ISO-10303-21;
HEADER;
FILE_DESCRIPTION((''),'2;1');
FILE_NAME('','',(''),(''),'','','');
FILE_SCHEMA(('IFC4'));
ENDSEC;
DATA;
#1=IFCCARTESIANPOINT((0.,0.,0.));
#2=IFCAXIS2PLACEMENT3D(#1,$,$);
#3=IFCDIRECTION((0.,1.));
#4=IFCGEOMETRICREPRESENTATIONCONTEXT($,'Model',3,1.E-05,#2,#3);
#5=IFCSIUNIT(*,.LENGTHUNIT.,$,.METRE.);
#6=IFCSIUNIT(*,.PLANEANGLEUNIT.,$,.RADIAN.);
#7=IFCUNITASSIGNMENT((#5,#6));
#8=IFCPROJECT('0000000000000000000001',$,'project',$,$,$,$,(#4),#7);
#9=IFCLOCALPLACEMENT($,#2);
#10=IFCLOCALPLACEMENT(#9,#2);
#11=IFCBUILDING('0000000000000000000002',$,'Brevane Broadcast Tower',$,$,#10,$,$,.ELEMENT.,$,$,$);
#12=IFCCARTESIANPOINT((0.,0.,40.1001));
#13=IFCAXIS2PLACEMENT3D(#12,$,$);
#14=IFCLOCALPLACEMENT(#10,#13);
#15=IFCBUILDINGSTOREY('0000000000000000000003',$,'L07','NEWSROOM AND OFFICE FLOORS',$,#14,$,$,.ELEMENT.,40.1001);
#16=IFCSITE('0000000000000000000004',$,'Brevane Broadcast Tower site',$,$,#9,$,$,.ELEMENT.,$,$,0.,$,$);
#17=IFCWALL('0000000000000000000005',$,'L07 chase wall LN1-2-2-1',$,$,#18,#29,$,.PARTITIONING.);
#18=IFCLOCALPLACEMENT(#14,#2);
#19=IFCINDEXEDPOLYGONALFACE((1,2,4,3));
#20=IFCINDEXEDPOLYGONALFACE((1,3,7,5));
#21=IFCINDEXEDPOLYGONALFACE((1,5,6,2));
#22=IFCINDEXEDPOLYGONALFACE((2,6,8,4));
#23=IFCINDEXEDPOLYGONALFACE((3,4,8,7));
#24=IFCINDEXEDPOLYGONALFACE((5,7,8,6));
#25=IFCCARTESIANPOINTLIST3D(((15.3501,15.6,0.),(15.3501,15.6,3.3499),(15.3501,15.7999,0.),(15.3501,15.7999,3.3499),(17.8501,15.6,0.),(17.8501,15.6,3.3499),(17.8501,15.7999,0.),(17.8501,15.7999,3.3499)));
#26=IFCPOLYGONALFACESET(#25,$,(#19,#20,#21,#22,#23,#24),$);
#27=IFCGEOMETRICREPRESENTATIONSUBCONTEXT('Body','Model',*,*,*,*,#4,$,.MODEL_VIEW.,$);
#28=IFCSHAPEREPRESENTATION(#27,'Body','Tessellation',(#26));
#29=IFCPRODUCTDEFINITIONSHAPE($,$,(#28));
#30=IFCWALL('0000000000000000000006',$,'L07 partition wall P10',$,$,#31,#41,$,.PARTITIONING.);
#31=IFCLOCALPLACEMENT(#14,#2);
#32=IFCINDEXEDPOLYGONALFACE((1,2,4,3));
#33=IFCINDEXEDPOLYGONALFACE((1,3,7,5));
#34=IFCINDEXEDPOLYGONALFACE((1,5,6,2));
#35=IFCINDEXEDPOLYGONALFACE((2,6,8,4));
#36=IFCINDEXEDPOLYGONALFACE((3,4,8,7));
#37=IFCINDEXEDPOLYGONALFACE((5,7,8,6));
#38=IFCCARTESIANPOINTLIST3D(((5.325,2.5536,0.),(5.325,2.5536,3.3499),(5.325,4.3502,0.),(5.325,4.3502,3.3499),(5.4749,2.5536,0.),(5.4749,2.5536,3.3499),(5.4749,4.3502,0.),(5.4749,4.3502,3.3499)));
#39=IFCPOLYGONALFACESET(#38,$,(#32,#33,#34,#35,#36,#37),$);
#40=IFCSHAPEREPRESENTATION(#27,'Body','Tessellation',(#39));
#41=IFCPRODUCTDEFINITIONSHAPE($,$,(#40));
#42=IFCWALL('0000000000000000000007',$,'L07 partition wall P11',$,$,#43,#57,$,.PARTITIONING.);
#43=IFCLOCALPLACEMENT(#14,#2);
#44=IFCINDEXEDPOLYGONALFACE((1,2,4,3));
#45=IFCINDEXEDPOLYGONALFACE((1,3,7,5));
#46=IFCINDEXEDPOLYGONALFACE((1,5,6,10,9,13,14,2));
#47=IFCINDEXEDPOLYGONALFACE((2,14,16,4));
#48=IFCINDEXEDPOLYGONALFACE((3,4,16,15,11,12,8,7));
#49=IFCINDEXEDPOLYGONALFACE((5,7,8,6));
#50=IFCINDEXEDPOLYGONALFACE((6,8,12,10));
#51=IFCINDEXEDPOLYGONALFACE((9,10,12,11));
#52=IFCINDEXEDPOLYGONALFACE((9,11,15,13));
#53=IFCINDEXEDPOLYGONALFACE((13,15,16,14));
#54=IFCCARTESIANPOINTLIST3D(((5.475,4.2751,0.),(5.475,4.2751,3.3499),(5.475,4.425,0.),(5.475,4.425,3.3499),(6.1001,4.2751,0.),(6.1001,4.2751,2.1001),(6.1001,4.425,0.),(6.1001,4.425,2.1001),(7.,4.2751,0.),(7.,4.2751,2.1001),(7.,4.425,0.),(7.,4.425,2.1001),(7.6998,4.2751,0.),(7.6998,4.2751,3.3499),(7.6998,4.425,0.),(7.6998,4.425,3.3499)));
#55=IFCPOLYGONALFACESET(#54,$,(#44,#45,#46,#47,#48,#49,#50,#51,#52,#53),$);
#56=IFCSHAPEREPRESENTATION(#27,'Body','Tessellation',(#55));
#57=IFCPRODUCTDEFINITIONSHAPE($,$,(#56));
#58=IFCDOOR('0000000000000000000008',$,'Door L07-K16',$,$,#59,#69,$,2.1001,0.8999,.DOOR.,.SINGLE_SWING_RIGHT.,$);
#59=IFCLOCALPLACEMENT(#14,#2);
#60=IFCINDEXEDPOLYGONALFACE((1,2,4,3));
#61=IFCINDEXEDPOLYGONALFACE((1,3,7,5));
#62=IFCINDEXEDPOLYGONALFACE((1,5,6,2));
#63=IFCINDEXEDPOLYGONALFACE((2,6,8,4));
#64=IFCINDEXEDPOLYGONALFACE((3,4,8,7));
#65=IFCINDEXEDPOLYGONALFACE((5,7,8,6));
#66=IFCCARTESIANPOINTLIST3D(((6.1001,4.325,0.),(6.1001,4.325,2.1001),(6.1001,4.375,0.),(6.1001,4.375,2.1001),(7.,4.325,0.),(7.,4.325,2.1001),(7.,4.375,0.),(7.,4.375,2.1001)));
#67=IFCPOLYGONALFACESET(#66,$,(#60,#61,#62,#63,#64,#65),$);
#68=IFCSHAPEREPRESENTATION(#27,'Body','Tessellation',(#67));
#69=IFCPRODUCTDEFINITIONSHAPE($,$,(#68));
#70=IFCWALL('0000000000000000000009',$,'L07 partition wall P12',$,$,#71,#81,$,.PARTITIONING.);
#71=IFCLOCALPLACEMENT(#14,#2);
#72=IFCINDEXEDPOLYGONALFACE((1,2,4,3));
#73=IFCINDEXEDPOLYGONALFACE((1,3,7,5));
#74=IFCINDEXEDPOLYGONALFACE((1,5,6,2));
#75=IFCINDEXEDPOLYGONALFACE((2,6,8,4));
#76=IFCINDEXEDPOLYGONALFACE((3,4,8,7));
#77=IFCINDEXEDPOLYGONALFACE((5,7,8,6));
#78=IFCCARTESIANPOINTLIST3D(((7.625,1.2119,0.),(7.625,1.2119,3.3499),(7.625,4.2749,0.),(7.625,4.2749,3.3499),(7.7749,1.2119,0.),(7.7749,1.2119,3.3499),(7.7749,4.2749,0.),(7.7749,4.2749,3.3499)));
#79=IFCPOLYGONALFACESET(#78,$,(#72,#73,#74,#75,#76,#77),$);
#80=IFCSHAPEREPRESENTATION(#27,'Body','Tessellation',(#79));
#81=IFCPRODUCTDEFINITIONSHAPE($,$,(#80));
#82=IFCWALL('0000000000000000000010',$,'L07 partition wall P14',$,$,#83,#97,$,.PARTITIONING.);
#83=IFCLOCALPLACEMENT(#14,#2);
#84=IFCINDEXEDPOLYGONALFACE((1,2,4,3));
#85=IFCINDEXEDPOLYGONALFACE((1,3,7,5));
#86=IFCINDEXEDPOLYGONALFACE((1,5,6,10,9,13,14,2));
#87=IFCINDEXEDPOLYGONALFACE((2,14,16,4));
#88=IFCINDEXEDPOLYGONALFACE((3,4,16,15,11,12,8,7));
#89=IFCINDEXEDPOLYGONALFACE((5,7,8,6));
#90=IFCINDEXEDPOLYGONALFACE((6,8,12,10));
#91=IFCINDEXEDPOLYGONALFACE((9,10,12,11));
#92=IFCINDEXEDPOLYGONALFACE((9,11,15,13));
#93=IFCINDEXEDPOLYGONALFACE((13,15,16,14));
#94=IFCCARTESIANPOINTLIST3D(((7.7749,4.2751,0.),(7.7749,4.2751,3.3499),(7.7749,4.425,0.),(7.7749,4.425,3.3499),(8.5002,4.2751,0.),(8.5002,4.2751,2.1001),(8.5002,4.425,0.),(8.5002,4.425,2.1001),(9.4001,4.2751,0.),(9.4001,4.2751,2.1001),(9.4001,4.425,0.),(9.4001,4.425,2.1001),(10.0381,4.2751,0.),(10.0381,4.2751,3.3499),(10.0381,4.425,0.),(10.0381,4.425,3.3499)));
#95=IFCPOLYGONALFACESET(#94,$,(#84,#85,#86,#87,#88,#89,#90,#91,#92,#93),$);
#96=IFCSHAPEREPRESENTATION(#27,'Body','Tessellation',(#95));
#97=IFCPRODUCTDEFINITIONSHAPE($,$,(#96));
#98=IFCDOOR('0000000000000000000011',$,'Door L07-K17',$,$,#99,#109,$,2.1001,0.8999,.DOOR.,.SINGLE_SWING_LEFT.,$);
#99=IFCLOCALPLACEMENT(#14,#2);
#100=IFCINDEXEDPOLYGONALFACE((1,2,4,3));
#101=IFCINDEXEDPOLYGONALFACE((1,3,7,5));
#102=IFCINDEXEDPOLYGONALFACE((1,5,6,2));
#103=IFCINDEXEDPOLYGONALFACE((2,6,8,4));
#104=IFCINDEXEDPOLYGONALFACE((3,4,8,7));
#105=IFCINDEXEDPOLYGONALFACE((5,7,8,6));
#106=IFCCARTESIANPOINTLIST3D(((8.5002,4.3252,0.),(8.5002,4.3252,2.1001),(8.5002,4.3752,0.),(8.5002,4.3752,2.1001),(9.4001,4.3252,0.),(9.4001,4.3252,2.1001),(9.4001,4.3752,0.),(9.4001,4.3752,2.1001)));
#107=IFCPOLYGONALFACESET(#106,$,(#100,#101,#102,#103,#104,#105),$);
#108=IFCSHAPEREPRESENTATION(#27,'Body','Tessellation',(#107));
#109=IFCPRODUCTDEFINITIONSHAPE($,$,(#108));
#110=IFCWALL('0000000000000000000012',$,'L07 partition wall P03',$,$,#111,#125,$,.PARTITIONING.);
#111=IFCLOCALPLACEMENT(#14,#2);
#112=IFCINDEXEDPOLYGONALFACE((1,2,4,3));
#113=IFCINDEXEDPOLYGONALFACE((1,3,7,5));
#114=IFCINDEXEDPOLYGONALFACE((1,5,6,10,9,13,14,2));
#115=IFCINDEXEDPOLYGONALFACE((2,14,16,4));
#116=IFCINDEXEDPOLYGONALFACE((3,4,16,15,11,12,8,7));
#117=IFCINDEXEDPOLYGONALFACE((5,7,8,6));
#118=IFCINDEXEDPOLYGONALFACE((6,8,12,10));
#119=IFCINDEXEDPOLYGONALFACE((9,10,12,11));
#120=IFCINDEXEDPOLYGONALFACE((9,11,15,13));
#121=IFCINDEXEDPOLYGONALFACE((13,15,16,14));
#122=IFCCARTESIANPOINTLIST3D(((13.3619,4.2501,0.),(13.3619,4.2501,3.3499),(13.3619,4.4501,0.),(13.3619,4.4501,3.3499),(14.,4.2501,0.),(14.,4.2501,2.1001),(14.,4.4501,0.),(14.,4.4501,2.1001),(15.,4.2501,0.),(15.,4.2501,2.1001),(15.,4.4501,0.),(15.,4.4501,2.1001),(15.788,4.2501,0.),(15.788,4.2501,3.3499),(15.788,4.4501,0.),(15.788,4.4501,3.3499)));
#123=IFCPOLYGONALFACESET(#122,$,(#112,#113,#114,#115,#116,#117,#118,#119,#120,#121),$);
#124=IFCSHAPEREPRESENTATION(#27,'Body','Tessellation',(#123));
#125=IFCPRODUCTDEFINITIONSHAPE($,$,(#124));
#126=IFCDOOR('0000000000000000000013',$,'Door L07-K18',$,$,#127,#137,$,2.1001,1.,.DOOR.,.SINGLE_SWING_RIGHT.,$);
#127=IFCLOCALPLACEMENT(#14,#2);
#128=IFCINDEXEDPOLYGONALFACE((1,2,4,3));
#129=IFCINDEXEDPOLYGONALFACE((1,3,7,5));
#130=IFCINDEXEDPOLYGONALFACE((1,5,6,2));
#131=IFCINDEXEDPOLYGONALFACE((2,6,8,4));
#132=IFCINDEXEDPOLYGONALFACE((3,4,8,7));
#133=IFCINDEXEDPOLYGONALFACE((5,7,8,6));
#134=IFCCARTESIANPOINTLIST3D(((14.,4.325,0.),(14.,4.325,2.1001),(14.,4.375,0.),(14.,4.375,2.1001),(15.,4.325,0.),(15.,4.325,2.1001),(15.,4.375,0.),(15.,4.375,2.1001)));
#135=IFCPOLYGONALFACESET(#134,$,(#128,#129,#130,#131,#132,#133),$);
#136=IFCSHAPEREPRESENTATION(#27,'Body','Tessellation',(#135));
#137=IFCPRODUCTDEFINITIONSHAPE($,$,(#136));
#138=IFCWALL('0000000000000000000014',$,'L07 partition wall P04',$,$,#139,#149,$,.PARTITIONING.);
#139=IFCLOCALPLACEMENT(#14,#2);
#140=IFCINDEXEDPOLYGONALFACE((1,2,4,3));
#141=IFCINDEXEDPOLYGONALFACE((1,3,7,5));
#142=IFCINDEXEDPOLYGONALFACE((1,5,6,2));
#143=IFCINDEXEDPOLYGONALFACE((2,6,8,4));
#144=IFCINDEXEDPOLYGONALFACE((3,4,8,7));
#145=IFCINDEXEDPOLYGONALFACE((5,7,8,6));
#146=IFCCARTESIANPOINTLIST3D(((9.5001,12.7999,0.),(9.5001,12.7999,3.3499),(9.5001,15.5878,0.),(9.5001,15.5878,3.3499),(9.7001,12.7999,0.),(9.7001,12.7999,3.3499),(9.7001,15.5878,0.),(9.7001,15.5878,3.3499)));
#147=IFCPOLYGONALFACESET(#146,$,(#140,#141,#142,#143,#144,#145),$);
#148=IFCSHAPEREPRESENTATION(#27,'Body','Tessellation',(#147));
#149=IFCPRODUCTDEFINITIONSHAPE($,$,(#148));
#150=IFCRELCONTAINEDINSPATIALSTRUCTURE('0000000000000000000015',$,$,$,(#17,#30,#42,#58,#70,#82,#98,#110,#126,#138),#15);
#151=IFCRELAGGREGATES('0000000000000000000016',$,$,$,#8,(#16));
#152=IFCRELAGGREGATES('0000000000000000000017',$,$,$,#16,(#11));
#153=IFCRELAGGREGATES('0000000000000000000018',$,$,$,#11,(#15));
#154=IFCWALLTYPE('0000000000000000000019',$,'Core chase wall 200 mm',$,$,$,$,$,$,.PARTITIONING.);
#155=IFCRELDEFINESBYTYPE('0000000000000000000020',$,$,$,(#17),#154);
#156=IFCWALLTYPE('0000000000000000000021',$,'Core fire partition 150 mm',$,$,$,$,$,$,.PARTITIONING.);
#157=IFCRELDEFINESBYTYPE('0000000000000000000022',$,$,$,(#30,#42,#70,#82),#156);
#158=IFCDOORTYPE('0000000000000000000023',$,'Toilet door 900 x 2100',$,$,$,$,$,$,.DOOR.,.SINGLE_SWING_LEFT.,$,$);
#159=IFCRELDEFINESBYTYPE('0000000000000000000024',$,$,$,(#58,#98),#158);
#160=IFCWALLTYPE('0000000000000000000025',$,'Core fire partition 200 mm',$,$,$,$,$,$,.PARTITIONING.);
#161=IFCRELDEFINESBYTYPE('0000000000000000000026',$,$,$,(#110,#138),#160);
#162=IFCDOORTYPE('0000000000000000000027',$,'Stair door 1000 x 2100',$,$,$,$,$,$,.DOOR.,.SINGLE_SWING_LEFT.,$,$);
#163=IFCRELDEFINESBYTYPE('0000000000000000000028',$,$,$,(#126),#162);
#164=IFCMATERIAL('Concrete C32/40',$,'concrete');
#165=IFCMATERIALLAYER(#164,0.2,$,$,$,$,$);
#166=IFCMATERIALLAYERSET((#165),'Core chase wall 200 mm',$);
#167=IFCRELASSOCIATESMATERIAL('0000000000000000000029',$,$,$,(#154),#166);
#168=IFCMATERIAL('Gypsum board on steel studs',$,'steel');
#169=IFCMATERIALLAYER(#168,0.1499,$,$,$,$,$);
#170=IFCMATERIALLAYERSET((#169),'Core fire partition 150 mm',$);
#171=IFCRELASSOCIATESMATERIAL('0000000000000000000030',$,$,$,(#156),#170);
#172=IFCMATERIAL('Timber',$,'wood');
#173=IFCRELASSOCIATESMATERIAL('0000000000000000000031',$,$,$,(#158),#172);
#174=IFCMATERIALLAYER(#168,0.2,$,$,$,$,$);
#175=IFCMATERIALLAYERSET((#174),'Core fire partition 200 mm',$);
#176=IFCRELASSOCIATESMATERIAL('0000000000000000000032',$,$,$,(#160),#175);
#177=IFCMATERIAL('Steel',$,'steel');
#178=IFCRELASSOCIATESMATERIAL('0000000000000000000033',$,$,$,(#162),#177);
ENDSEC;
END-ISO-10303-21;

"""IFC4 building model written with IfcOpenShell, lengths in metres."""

from ifc_helpers import new_model, si_unit, direction, frame, frame_2d, origin, place, context, subcontext, project, spatial, rectangle, extrude, material, layer, layer_set, type_object, element, fill, save


model = new_model("IFC4")

# Units and contexts
model_context = context("Model", 3, precision=1e-05, world=origin(), true_north=direction((0.0, 1.0)))
body_context = subcontext(model_context, "Body", "Model", "MODEL_VIEW")
ifc_project = project(units=[si_unit("LENGTHUNIT", "METRE"), si_unit("PLANEANGLEUNIT", "RADIAN")], contexts=[model_context])

# Site, building, storey
site_placement = place(None, origin())
site = spatial("IfcSite", under=ifc_project, at=site_placement, Name="Brevane Broadcast Tower site", CompositionType="ELEMENT", RefElevation=0.0)
building_placement = place(site_placement, origin())
building = spatial("IfcBuilding", under=site, at=building_placement, Name="Brevane Broadcast Tower", CompositionType="ELEMENT")
storey_placement = place(building_placement, frame((0.0, 0.0, 40.1001)))
storey = spatial("IfcBuildingStorey", under=building, at=storey_placement, Name="L07", Description="NEWSROOM AND OFFICE FLOORS", CompositionType="ELEMENT", Elevation=40.1001)

# Walls
ifc_material_1 = material(Name="Concrete C32/40", Category="concrete")
ifc_layer_1 = layer(ifc_material_1, 0.2)
ifc_layer_set_1 = layer_set([ifc_layer_1], Name="Core chase wall 200 mm")
wall_type_1 = type_object("IfcWallType", Name="Core chase wall 200 mm", PredefinedType="PARTITIONING", material=ifc_layer_set_1)
wall_1_placement = place(storey_placement, frame((15.3501, 15.7, 0.0), z_axis=(0.0, 0.0, 1.0), x_axis=(1.0, 0.0, 0.0)))
element("IfcWall", 1, at=wall_1_placement, inside=storey, type_object=wall_type_1, Name="L07 chase wall LN1-2-2-1", PredefinedType="PARTITIONING", context=body_context, shape_type="SweptSolid", body=[
    extrude(rectangle(XDim=2.5, YDim=0.2, at=frame_2d((1.25, 0.0))), origin(), (0.0, 0.0, 1.0), 3.3499),
])
ifc_material_2 = material(Name="Gypsum board on steel studs", Category="steel")
ifc_layer_2 = layer(ifc_material_2, 0.1499)
ifc_layer_set_2 = layer_set([ifc_layer_2], Name="Core fire partition 150 mm")
wall_type_2 = type_object("IfcWallType", Name="Core fire partition 150 mm", PredefinedType="PARTITIONING", material=ifc_layer_set_2)
wall_2_placement = place(storey_placement, frame((5.3999, 2.5535, 0.0), z_axis=(0.0, 0.0, 1.0), x_axis=(0.0, 1.0, 0.0)))
element("IfcWall", 2, at=wall_2_placement, inside=storey, type_object=wall_type_2, Name="L07 partition wall P10", PredefinedType="PARTITIONING", context=body_context, shape_type="SweptSolid", body=[
    extrude(rectangle(XDim=1.7966, YDim=0.1499, at=frame_2d((0.8984, 0.0))), origin(), (0.0, 0.0, 1.0), 3.3499),
])

# Wall, opening, door
wall_3_placement = place(storey_placement, frame((5.4751, 4.3501, 0.0), z_axis=(0.0, 0.0, 1.0), x_axis=(1.0, 0.0, 0.0)))
wall_3 = element("IfcWall", 3, at=wall_3_placement, inside=storey, type_object=wall_type_2, Name="L07 partition wall P11", PredefinedType="PARTITIONING", context=body_context, shape_type="SweptSolid", body=[
    extrude(rectangle(XDim=2.2249, YDim=0.1499, at=frame_2d((1.1123, 0.0))), origin(), (0.0, 0.0, 1.0), 3.3499),
])
opening_1_placement = place(wall_3_placement, frame((0.625, 0.0, 0.0)))
opening_1 = element("IfcOpeningElement", 4, at=opening_1_placement, cuts=wall_3, PredefinedType="OPENING", context=body_context, shape_type="SweptSolid", body=[
    extrude(rectangle(XDim=0.8999, YDim=2.1001, at=frame_2d((0.45, 1.05))), frame((0.0, 0.085, 0.0), z_axis=(0.0, -1.0, 0.0), x_axis=(1.0, 0.0, 0.0)), (0.0, 0.0, 1.0), 0.1699),
])
ifc_material_3 = material(Name="Timber", Category="wood")
door_type_1 = type_object("IfcDoorType", Name="Toilet door 900 x 2100", OperationType="SINGLE_SWING_LEFT", PredefinedType="DOOR", material=ifc_material_3)
door_1_placement = place(opening_1_placement, origin())
door_1 = element("IfcDoor", 5, at=door_1_placement, inside=storey, type_object=door_type_1, Name="Door L07-K16", OperationType="SINGLE_SWING_RIGHT", OverallHeight=2.1001, OverallWidth=0.8999, PredefinedType="DOOR", context=body_context, shape_type="SweptSolid", body=[
    extrude(rectangle(XDim=0.8999, YDim=2.1001, at=frame_2d((0.45, 1.05))), frame((0.0, 0.0249, 0.0), z_axis=(0.0, -1.0, 0.0), x_axis=(1.0, 0.0, 0.0)), (0.0, 0.0, 1.0), 0.05),
])
fill(opening_1, door_1)

# Wall
wall_4_placement = place(storey_placement, frame((7.7, 4.2749, 0.0), z_axis=(0.0, 0.0, 1.0), x_axis=(0.0, -1.0, 0.0)))
element("IfcWall", 6, at=wall_4_placement, inside=storey, type_object=wall_type_2, Name="L07 partition wall P12", PredefinedType="PARTITIONING", context=body_context, shape_type="SweptSolid", body=[
    extrude(rectangle(XDim=3.063, YDim=0.1499, at=frame_2d((1.5315, 0.0))), origin(), (0.0, 0.0, 1.0), 3.3499),
])

# Walls, openings, doors
wall_5_placement = place(storey_placement, frame((10.0381, 4.3501, 0.0), z_axis=(0.0, 0.0, 1.0), x_axis=(-1.0, 0.0, 0.0)))
wall_5 = element("IfcWall", 7, at=wall_5_placement, inside=storey, type_object=wall_type_2, Name="L07 partition wall P14", PredefinedType="PARTITIONING", context=body_context, shape_type="SweptSolid", body=[
    extrude(rectangle(XDim=2.2632, YDim=0.1499, at=frame_2d((1.1316, 0.0))), origin(), (0.0, 0.0, 1.0), 3.3499),
])
opening_2_placement = place(wall_5_placement, frame((0.6379, 0.0, 0.0)))
opening_2 = element("IfcOpeningElement", 8, at=opening_2_placement, cuts=wall_5, PredefinedType="OPENING", context=body_context, shape_type="SweptSolid", body=[
    extrude(rectangle(XDim=0.8999, YDim=2.1001, at=frame_2d((0.45, 1.05))), frame((0.0, 0.085, 0.0), z_axis=(0.0, -1.0, 0.0), x_axis=(1.0, 0.0, 0.0)), (0.0, 0.0, 1.0), 0.1699),
])
door_2_placement = place(opening_2_placement, origin())
door_2 = element("IfcDoor", 9, at=door_2_placement, inside=storey, type_object=door_type_1, Name="Door L07-K17", OperationType="SINGLE_SWING_LEFT", OverallHeight=2.1001, OverallWidth=0.8999, PredefinedType="DOOR", context=body_context, shape_type="SweptSolid", body=[
    extrude(rectangle(XDim=0.8999, YDim=2.1001, at=frame_2d((0.45, 1.05))), frame((0.0, 0.0249, 0.0), z_axis=(0.0, -1.0, 0.0), x_axis=(1.0, 0.0, 0.0)), (0.0, 0.0, 1.0), 0.05),
])
fill(opening_2, door_2)
ifc_layer_3 = layer(ifc_material_2, 0.2)
ifc_layer_set_3 = layer_set([ifc_layer_3], Name="Core fire partition 200 mm")
wall_type_3 = type_object("IfcWallType", Name="Core fire partition 200 mm", PredefinedType="PARTITIONING", material=ifc_layer_set_3)
wall_6_placement = place(storey_placement, frame((13.3621, 4.3501, 0.0), z_axis=(0.0, 0.0, 1.0), x_axis=(1.0, 0.0, 0.0)))
wall_6 = element("IfcWall", 10, at=wall_6_placement, inside=storey, type_object=wall_type_3, Name="L07 partition wall P03", PredefinedType="PARTITIONING", context=body_context, shape_type="SweptSolid", body=[
    extrude(rectangle(XDim=2.426, YDim=0.2, at=frame_2d((1.2129, 0.0))), origin(), (0.0, 0.0, 1.0), 3.3499),
])
opening_3_placement = place(wall_6_placement, frame((0.6379, 0.0, 0.0)))
opening_3 = element("IfcOpeningElement", 11, at=opening_3_placement, cuts=wall_6, PredefinedType="OPENING", context=body_context, shape_type="SweptSolid", body=[
    extrude(rectangle(XDim=1.0, YDim=2.1001, at=frame_2d((0.5, 1.05))), frame((0.0, 0.1099, 0.0), z_axis=(0.0, -1.0, 0.0), x_axis=(1.0, 0.0, 0.0)), (0.0, 0.0, 1.0), 0.22),
])
ifc_material_4 = material(Name="Steel", Category="steel")
door_type_2 = type_object("IfcDoorType", Name="Stair door 1000 x 2100", OperationType="SINGLE_SWING_LEFT", PredefinedType="DOOR", material=ifc_material_4)
door_3_placement = place(opening_3_placement, origin())
door_3 = element("IfcDoor", 12, at=door_3_placement, inside=storey, type_object=door_type_2, Name="Door L07-K18", OperationType="SINGLE_SWING_RIGHT", OverallHeight=2.1001, OverallWidth=1.0, PredefinedType="DOOR", context=body_context, shape_type="SweptSolid", body=[
    extrude(rectangle(XDim=1.0, YDim=2.1001, at=frame_2d((0.5, 1.05))), frame((0.0, 0.0249, 0.0), z_axis=(0.0, -1.0, 0.0), x_axis=(1.0, 0.0, 0.0)), (0.0, 0.0, 1.0), 0.05),
])
fill(opening_3, door_3)

# Wall
wall_7_placement = place(storey_placement, frame((9.6001, 15.5879, 0.0), z_axis=(0.0, 0.0, 1.0), x_axis=(0.0, -1.0, 0.0)))
element("IfcWall", 13, at=wall_7_placement, inside=storey, type_object=wall_type_3, Name="L07 partition wall P04", PredefinedType="PARTITIONING", context=body_context, shape_type="SweptSolid", body=[
    extrude(rectangle(XDim=2.7878, YDim=0.2, at=frame_2d((1.394, 0.0))), origin(), (0.0, 0.0, 1.0), 3.3499),
])

save(model, "model.ifc")
